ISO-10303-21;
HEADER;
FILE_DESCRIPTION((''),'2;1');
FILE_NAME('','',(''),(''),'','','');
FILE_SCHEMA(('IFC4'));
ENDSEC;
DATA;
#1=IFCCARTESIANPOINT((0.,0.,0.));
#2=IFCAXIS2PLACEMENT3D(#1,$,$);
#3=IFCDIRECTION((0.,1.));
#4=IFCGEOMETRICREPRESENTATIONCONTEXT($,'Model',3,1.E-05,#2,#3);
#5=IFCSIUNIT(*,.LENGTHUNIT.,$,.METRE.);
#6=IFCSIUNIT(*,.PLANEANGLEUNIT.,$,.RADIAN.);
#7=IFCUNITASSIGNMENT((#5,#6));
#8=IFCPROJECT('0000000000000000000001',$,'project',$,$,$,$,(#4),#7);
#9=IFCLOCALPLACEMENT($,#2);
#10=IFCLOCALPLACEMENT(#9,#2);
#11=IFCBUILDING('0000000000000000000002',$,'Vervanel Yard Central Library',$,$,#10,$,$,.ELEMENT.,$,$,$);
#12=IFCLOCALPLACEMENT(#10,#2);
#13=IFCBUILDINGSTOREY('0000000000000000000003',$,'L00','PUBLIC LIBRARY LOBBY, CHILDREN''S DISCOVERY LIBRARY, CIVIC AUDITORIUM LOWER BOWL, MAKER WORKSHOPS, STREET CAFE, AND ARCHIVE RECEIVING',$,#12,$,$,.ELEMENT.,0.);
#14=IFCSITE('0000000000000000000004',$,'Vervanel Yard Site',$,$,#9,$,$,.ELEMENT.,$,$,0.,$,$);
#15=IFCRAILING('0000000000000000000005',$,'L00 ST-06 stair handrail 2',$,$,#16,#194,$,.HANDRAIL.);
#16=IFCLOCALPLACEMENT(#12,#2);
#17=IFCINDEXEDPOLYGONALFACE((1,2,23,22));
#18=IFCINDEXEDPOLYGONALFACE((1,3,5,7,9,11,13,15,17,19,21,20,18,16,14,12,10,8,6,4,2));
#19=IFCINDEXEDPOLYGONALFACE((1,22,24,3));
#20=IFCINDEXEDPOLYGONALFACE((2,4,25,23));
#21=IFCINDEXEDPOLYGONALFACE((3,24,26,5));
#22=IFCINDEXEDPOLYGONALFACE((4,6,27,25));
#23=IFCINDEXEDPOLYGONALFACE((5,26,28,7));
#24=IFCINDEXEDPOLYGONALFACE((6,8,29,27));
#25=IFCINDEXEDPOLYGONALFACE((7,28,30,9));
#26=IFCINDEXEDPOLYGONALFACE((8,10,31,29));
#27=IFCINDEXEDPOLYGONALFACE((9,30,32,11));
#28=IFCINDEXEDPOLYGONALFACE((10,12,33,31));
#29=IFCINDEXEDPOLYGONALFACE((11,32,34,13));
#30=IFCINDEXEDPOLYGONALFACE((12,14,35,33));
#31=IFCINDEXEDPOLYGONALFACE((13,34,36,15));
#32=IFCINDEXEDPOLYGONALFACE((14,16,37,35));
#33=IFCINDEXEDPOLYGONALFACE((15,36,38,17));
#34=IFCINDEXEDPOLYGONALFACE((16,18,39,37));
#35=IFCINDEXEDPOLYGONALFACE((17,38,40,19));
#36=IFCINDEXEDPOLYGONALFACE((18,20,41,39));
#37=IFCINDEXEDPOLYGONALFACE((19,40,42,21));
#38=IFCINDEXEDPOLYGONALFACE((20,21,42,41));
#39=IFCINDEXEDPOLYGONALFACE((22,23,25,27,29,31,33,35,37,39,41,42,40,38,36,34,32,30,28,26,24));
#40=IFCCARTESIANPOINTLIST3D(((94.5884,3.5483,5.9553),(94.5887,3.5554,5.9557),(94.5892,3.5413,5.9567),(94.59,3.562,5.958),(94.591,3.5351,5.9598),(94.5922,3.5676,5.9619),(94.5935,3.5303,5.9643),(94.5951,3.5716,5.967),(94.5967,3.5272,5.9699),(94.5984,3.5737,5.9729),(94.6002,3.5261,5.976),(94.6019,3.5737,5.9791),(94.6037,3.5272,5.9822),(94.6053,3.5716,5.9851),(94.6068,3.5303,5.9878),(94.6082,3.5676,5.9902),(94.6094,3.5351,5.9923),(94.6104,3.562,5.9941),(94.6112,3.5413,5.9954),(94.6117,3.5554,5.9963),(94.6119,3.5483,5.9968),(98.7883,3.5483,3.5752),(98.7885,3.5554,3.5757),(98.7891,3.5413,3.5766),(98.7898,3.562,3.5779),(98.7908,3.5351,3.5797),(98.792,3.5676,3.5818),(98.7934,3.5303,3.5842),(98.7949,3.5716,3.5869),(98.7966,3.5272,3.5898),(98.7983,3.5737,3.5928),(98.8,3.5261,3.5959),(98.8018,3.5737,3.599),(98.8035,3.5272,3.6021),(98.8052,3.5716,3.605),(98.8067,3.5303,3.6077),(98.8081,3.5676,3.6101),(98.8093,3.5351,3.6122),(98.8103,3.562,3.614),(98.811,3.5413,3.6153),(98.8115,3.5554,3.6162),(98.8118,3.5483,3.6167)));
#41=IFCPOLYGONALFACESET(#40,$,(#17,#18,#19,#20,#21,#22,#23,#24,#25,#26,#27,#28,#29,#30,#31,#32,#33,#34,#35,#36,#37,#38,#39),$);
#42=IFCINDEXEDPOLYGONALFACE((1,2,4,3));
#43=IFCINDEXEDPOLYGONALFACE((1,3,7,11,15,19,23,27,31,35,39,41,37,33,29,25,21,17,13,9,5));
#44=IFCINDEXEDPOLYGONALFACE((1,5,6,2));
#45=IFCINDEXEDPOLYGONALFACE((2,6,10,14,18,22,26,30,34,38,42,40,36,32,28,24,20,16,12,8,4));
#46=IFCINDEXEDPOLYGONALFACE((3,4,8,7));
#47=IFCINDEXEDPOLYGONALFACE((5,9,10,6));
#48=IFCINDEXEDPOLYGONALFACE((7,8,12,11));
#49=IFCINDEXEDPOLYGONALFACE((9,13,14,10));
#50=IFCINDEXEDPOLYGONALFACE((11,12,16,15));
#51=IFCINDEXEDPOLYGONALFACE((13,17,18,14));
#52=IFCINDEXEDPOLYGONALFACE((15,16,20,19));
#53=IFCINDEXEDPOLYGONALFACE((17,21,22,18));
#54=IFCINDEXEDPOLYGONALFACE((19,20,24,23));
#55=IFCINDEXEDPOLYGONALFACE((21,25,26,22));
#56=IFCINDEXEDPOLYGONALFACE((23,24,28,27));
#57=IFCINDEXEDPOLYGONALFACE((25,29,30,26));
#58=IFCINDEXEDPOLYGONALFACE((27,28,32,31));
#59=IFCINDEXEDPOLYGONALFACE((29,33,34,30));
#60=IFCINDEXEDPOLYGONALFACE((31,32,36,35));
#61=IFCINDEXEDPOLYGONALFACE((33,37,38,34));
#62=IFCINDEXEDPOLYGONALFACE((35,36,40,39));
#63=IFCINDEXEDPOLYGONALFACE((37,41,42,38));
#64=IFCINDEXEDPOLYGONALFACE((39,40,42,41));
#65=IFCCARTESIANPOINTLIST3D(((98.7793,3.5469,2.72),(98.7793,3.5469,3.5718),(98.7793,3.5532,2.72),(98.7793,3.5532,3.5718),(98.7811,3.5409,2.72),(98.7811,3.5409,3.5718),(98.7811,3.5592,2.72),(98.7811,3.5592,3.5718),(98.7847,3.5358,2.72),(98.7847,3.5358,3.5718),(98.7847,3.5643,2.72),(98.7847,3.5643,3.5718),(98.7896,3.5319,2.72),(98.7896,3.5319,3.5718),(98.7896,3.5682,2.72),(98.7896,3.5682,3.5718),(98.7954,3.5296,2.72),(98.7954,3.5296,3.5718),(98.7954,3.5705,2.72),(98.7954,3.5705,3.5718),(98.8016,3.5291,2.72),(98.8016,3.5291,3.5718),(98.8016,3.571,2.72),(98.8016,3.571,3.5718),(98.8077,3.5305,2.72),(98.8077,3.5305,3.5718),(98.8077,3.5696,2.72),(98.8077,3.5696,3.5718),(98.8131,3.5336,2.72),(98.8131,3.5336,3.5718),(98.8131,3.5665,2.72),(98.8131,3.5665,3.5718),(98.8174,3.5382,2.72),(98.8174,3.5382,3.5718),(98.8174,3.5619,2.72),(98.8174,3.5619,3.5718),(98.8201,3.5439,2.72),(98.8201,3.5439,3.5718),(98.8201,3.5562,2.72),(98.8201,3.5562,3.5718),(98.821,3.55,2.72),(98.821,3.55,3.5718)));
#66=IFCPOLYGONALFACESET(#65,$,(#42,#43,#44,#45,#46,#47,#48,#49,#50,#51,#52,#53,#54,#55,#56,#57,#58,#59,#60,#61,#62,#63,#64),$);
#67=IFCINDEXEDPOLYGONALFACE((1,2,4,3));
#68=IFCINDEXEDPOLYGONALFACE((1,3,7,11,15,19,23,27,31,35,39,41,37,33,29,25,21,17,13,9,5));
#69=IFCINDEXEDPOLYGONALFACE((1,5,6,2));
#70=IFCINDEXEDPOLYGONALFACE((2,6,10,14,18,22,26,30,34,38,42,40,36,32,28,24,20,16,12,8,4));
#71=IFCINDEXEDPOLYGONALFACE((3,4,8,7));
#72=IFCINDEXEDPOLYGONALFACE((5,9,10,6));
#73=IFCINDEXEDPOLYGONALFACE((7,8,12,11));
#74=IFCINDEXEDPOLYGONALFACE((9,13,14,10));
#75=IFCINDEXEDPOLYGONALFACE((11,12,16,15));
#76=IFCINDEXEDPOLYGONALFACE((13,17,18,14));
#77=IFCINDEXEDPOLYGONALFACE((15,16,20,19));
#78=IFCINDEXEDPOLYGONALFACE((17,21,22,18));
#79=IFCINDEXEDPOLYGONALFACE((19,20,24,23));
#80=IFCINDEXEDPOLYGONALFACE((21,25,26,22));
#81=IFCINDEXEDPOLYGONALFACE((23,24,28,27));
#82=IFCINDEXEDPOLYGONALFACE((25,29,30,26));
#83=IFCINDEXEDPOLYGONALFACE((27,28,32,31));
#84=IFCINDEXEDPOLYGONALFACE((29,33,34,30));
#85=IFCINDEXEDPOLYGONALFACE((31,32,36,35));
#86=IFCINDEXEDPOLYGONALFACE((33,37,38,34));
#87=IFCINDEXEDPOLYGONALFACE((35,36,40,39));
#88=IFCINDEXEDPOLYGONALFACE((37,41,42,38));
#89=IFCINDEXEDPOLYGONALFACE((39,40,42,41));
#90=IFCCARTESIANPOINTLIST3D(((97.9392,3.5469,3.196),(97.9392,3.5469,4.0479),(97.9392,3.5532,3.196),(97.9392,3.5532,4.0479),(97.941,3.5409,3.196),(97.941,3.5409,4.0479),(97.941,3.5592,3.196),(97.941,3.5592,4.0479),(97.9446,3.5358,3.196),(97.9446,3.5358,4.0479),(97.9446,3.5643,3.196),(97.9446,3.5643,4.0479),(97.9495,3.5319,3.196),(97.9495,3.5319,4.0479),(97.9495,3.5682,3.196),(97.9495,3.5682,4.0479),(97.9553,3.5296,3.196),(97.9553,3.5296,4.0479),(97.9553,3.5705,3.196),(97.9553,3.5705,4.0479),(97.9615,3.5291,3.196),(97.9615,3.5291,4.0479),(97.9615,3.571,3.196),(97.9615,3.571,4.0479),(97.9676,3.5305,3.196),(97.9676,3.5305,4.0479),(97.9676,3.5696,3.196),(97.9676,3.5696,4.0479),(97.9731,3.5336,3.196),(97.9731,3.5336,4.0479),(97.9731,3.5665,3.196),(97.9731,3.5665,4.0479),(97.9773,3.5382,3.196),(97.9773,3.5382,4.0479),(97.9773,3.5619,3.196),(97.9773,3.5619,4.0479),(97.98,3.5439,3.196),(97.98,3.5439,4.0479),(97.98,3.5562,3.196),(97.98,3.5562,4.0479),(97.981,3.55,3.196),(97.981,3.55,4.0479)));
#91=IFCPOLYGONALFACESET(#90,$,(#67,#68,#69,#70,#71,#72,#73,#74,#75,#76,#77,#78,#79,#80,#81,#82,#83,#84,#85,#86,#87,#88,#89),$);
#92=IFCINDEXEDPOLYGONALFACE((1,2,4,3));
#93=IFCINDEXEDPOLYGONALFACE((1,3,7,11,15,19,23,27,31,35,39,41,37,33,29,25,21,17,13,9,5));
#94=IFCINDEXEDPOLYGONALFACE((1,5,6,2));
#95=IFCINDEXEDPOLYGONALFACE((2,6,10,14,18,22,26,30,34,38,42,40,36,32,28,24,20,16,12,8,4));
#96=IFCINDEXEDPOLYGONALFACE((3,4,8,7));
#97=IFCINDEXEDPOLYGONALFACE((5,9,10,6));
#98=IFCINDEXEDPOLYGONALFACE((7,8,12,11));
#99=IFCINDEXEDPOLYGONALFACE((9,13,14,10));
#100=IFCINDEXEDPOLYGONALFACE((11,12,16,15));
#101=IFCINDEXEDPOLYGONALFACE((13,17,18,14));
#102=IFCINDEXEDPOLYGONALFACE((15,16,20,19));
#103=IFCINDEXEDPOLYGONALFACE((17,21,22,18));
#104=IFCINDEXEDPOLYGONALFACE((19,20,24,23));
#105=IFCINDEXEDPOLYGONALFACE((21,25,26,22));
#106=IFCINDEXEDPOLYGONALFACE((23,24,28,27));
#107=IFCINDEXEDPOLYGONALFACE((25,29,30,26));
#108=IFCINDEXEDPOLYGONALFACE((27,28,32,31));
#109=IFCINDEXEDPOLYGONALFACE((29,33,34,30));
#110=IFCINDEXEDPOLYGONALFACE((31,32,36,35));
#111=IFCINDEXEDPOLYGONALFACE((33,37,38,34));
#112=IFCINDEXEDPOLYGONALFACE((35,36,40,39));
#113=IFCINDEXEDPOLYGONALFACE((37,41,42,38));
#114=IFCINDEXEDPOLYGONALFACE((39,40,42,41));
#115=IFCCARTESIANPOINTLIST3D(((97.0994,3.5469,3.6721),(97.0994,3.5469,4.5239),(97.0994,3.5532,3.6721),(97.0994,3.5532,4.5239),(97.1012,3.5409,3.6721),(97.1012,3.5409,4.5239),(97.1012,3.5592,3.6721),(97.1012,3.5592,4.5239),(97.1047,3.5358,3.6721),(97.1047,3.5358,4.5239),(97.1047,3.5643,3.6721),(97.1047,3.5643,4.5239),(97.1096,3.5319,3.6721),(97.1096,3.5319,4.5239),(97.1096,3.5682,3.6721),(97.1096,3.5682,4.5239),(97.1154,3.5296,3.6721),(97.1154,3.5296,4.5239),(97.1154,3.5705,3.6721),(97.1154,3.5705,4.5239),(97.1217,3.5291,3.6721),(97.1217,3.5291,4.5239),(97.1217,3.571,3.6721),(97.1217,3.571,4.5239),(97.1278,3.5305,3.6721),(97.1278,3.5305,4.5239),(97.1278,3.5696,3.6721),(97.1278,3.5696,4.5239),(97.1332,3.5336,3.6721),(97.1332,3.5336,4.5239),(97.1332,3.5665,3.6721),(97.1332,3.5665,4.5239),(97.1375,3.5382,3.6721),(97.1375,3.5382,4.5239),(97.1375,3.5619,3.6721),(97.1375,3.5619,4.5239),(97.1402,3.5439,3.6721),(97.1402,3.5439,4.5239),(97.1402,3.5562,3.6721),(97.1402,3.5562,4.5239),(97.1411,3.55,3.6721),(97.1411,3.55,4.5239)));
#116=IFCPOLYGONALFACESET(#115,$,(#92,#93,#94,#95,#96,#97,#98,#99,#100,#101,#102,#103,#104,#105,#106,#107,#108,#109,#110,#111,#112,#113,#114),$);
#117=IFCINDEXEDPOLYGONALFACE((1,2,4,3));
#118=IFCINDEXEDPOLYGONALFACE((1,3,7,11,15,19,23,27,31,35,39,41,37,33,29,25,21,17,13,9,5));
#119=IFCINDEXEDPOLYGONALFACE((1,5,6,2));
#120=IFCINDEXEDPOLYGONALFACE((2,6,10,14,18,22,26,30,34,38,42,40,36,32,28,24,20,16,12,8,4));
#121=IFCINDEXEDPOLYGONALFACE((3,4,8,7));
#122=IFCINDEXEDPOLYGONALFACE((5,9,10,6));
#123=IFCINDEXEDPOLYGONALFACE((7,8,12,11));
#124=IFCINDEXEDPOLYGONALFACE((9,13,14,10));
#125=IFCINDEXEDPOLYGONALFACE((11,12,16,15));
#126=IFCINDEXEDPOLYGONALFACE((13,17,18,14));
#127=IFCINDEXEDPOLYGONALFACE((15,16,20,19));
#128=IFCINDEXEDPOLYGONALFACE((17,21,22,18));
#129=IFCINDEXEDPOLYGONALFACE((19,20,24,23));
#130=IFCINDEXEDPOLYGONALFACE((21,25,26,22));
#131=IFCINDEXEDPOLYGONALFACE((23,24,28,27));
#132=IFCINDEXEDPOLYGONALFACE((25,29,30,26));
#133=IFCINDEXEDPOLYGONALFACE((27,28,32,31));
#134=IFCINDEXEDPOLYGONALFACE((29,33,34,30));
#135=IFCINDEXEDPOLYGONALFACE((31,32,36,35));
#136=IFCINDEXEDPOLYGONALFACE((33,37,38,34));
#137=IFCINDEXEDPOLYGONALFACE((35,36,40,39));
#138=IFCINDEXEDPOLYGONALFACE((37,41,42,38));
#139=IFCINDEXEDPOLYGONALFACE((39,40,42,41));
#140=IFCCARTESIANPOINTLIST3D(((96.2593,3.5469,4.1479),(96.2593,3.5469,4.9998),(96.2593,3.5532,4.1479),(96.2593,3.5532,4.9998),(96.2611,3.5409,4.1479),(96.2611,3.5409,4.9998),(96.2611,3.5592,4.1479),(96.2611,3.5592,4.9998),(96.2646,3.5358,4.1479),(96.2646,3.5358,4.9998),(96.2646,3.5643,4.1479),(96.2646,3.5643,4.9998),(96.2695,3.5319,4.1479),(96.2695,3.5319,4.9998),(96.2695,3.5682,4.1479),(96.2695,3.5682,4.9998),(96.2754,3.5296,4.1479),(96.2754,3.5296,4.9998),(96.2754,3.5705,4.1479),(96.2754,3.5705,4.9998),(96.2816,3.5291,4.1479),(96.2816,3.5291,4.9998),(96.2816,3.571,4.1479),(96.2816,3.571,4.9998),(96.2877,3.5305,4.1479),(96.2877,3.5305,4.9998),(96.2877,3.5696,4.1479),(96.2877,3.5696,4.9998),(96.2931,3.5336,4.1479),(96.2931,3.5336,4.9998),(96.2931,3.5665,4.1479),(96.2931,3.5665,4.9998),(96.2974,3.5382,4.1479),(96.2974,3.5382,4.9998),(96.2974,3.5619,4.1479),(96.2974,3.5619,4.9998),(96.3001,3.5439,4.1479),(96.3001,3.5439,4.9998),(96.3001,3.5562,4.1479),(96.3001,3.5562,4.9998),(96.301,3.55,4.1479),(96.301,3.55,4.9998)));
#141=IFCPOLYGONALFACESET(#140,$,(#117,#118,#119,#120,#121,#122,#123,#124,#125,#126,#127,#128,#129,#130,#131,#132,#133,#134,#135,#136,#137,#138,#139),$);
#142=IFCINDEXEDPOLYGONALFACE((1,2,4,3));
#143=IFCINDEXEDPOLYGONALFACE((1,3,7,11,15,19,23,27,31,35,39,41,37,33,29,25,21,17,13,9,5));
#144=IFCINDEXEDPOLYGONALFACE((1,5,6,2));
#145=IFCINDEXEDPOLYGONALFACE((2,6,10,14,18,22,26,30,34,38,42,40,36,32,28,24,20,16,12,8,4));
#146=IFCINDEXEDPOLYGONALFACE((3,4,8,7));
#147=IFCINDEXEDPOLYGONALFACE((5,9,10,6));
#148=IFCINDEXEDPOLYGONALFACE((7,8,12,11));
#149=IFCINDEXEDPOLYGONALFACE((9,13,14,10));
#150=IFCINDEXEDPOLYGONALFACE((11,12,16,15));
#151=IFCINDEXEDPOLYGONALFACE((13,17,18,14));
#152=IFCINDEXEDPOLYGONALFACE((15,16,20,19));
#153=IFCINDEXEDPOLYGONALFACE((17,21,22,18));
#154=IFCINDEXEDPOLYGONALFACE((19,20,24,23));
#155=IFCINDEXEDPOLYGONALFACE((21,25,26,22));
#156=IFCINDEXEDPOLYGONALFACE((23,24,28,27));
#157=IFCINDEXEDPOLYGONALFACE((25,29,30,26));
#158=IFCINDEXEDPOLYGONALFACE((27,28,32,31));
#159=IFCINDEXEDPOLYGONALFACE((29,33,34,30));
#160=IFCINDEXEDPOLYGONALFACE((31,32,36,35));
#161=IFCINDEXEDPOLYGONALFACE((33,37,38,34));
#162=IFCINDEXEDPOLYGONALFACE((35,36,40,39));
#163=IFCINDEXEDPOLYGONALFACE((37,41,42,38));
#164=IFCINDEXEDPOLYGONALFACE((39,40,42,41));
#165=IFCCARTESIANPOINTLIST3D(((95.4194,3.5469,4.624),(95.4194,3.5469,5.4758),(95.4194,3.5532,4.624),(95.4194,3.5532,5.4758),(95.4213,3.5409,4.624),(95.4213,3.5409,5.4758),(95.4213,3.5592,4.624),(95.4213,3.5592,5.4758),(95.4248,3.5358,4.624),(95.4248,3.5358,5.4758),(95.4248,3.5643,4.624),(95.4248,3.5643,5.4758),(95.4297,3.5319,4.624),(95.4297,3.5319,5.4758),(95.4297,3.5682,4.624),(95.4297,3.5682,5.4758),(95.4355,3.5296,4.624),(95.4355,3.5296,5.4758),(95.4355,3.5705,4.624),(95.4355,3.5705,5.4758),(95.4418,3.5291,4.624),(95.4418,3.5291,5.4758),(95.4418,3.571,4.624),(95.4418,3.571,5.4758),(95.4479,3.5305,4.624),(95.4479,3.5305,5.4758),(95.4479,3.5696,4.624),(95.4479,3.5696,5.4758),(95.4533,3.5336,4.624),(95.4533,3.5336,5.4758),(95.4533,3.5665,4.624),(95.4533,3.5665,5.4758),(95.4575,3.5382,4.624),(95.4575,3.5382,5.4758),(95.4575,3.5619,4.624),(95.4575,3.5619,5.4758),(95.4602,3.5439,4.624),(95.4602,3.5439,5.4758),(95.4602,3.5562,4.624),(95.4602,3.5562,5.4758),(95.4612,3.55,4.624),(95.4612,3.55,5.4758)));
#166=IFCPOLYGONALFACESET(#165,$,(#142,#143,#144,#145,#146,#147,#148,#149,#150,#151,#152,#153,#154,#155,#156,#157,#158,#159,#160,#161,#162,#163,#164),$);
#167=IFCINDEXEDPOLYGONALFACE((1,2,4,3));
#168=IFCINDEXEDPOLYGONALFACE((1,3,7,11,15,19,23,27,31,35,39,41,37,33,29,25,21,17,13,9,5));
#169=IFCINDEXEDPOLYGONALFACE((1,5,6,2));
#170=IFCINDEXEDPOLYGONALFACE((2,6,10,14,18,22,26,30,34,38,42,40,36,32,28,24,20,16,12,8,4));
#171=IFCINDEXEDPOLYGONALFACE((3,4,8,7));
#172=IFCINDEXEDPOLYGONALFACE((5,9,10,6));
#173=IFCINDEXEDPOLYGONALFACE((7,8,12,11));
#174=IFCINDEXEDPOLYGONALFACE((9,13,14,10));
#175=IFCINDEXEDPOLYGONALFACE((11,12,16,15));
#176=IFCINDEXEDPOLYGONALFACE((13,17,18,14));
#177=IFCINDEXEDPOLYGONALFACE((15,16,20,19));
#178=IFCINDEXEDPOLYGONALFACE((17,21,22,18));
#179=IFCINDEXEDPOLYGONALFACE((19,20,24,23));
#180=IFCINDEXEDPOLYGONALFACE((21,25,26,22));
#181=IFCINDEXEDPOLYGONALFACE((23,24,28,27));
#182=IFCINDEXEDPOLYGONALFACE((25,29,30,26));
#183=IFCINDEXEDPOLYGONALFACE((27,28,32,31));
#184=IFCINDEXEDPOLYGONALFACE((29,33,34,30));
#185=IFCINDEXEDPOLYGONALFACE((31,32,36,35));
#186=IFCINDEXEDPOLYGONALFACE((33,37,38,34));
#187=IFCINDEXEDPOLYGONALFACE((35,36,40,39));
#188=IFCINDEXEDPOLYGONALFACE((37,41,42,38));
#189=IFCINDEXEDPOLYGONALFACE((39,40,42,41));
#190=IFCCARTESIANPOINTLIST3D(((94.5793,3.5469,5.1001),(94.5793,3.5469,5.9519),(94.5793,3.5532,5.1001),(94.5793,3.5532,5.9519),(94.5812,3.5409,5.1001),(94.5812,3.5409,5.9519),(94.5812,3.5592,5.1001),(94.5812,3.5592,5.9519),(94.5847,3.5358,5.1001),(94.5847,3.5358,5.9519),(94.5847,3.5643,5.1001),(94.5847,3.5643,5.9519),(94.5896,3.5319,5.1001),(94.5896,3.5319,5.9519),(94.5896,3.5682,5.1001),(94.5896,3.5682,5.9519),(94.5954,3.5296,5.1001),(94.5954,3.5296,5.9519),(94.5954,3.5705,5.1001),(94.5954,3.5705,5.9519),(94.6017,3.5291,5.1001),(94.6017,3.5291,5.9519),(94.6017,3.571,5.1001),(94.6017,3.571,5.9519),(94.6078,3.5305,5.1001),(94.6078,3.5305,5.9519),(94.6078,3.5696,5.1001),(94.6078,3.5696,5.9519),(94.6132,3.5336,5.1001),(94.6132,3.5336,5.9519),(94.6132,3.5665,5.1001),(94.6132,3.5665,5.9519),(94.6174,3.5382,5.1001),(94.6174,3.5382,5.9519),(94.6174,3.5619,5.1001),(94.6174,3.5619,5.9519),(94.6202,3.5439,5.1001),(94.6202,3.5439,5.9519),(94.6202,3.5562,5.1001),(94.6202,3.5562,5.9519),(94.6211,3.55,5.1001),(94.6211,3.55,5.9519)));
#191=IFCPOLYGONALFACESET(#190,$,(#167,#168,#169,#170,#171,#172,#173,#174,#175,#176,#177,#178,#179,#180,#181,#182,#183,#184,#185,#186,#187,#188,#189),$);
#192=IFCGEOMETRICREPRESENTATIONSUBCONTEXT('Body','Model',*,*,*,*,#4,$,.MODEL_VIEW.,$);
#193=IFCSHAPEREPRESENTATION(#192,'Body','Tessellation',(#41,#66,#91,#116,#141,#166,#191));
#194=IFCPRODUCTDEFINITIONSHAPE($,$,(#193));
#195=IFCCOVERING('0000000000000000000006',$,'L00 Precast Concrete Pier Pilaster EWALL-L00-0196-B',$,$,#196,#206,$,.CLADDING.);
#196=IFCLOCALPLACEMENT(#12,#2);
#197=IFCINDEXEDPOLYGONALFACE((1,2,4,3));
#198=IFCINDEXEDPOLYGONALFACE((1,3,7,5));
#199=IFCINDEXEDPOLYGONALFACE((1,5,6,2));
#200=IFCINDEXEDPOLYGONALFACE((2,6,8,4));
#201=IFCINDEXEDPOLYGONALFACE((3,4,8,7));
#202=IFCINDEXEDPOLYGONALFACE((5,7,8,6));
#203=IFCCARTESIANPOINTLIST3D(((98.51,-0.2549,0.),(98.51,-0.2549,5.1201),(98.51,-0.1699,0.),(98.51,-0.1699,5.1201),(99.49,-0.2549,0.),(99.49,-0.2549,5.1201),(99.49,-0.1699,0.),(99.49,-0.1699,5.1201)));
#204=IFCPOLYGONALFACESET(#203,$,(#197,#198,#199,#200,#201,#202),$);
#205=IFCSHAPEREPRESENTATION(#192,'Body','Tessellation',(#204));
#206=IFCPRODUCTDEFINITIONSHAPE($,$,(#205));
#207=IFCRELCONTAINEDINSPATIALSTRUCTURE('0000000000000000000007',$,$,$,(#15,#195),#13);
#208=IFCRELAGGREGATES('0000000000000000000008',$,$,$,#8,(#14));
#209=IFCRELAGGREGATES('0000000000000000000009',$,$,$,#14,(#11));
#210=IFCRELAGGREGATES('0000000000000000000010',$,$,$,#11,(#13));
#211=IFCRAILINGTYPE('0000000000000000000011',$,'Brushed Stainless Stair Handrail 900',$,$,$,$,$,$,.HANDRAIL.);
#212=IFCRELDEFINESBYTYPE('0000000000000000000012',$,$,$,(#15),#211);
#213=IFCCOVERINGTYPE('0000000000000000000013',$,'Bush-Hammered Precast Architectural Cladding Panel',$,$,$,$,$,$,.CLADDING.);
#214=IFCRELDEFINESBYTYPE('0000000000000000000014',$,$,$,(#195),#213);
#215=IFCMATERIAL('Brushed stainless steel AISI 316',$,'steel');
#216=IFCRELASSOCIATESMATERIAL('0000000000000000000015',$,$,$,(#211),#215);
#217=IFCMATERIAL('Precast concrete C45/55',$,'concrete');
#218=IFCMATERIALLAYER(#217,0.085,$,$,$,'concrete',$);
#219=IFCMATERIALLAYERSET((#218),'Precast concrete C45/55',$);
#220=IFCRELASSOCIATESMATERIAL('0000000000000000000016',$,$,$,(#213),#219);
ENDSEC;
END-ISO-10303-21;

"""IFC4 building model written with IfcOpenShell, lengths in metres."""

from ifc_helpers import new_model, si_unit, direction, frame, origin, origin_2d, place, context, subcontext, project, spatial, rectangle, circle, extrude, material, layer, layer_set, type_object, element, save


model = new_model("IFC4")

# Units and contexts
model_context = context("Model", 3, precision=1e-05, world=origin(), true_north=direction((0.0, 1.0)))
body_context = subcontext(model_context, "Body", "Model", "MODEL_VIEW")
ifc_project = project(units=[si_unit("LENGTHUNIT", "METRE"), si_unit("PLANEANGLEUNIT", "RADIAN")], contexts=[model_context])

# Site, building, storey
site_placement = place(None, origin())
site = spatial("IfcSite", under=ifc_project, at=site_placement, Name="Vervanel Yard Site", CompositionType="ELEMENT", RefElevation=0.0)
building_placement = place(site_placement, origin())
building = spatial("IfcBuilding", under=site, at=building_placement, Name="Vervanel Yard Central Library", CompositionType="ELEMENT")
storey_placement = place(building_placement, origin())
storey = spatial("IfcBuildingStorey", under=building, at=storey_placement, Name="L00", Description="PUBLIC LIBRARY LOBBY, CHILDREN'S DISCOVERY LIBRARY, CIVIC AUDITORIUM LOWER BOWL, MAKER WORKSHOPS, STREET CAFE, AND ARCHIVE RECEIVING", CompositionType="ELEMENT", Elevation=0.0)

# Railing
ifc_material_1 = material(Name="Brushed stainless steel AISI 316", Category="steel")
railing_type_1 = type_object("IfcRailingType", Name="Brushed Stainless Stair Handrail 900", PredefinedType="HANDRAIL", material=ifc_material_1)
railing_1_placement = place(storey_placement, frame((98.8, 3.55, 2.72)))
element("IfcRailing", 1, at=railing_1_placement, inside=storey, type_object=railing_type_1, Name="L00 ST-06 stair handrail 2", PredefinedType="HANDRAIL", context=body_context, shape_type="SweptSolid", body=[
    extrude(circle(Radius=0.0239, at=origin_2d()), frame((0.0, 0.0, 0.876), z_axis=(-0.870008, 0.0, 0.493037), x_axis=(0.0, -1.0, 0.0)), (0.0, 0.0, 1.0), 4.8274),
    extrude(circle(Radius=0.021, at=origin_2d()), origin(), (0.0, 0.0, 1.0), 0.8518),
    extrude(circle(Radius=0.021, at=origin_2d()), frame((-0.8401, 0.0, 0.4761)), (0.0, 0.0, 1.0), 0.8518),
    extrude(circle(Radius=0.021, at=origin_2d()), frame((-1.6799, 0.0, 0.9521)), (0.0, 0.0, 1.0), 0.8518),
    extrude(circle(Radius=0.021, at=origin_2d()), frame((-2.52, 0.0, 1.428)), (0.0, 0.0, 1.0), 0.8518),
    extrude(circle(Radius=0.021, at=origin_2d()), frame((-3.3599, 0.0, 1.9041)), (0.0, 0.0, 1.0), 0.8518),
    extrude(circle(Radius=0.021, at=origin_2d()), frame((-4.2, 0.0, 2.3801)), (0.0, 0.0, 1.0), 0.8518),
])

# Covering
ifc_material_2 = material(Name="Precast concrete C45/55", Category="concrete")
ifc_layer_1 = layer(ifc_material_2, 0.085, Category="concrete")
ifc_layer_set_1 = layer_set([ifc_layer_1], Name="Precast concrete C45/55")
covering_type = type_object("IfcCoveringType", Name="Bush-Hammered Precast Architectural Cladding Panel", PredefinedType="CLADDING", material=ifc_layer_set_1)
covering_1_placement = place(storey_placement, frame((99.0, -0.2124, 0.0), z_axis=(0.0, 0.0, 1.0), x_axis=(1.0, 0.0, 0.0)))
element("IfcCovering", 2, at=covering_1_placement, inside=storey, type_object=covering_type, Name="L00 Precast Concrete Pier Pilaster EWALL-L00-0196-B", PredefinedType="CLADDING", context=body_context, shape_type="SweptSolid", body=[
    extrude(rectangle(XDim=0.98, YDim=0.085, at=origin_2d()), origin(), (0.0, 0.0, 1.0), 5.1201),
])

save(model, "model.ifc")
